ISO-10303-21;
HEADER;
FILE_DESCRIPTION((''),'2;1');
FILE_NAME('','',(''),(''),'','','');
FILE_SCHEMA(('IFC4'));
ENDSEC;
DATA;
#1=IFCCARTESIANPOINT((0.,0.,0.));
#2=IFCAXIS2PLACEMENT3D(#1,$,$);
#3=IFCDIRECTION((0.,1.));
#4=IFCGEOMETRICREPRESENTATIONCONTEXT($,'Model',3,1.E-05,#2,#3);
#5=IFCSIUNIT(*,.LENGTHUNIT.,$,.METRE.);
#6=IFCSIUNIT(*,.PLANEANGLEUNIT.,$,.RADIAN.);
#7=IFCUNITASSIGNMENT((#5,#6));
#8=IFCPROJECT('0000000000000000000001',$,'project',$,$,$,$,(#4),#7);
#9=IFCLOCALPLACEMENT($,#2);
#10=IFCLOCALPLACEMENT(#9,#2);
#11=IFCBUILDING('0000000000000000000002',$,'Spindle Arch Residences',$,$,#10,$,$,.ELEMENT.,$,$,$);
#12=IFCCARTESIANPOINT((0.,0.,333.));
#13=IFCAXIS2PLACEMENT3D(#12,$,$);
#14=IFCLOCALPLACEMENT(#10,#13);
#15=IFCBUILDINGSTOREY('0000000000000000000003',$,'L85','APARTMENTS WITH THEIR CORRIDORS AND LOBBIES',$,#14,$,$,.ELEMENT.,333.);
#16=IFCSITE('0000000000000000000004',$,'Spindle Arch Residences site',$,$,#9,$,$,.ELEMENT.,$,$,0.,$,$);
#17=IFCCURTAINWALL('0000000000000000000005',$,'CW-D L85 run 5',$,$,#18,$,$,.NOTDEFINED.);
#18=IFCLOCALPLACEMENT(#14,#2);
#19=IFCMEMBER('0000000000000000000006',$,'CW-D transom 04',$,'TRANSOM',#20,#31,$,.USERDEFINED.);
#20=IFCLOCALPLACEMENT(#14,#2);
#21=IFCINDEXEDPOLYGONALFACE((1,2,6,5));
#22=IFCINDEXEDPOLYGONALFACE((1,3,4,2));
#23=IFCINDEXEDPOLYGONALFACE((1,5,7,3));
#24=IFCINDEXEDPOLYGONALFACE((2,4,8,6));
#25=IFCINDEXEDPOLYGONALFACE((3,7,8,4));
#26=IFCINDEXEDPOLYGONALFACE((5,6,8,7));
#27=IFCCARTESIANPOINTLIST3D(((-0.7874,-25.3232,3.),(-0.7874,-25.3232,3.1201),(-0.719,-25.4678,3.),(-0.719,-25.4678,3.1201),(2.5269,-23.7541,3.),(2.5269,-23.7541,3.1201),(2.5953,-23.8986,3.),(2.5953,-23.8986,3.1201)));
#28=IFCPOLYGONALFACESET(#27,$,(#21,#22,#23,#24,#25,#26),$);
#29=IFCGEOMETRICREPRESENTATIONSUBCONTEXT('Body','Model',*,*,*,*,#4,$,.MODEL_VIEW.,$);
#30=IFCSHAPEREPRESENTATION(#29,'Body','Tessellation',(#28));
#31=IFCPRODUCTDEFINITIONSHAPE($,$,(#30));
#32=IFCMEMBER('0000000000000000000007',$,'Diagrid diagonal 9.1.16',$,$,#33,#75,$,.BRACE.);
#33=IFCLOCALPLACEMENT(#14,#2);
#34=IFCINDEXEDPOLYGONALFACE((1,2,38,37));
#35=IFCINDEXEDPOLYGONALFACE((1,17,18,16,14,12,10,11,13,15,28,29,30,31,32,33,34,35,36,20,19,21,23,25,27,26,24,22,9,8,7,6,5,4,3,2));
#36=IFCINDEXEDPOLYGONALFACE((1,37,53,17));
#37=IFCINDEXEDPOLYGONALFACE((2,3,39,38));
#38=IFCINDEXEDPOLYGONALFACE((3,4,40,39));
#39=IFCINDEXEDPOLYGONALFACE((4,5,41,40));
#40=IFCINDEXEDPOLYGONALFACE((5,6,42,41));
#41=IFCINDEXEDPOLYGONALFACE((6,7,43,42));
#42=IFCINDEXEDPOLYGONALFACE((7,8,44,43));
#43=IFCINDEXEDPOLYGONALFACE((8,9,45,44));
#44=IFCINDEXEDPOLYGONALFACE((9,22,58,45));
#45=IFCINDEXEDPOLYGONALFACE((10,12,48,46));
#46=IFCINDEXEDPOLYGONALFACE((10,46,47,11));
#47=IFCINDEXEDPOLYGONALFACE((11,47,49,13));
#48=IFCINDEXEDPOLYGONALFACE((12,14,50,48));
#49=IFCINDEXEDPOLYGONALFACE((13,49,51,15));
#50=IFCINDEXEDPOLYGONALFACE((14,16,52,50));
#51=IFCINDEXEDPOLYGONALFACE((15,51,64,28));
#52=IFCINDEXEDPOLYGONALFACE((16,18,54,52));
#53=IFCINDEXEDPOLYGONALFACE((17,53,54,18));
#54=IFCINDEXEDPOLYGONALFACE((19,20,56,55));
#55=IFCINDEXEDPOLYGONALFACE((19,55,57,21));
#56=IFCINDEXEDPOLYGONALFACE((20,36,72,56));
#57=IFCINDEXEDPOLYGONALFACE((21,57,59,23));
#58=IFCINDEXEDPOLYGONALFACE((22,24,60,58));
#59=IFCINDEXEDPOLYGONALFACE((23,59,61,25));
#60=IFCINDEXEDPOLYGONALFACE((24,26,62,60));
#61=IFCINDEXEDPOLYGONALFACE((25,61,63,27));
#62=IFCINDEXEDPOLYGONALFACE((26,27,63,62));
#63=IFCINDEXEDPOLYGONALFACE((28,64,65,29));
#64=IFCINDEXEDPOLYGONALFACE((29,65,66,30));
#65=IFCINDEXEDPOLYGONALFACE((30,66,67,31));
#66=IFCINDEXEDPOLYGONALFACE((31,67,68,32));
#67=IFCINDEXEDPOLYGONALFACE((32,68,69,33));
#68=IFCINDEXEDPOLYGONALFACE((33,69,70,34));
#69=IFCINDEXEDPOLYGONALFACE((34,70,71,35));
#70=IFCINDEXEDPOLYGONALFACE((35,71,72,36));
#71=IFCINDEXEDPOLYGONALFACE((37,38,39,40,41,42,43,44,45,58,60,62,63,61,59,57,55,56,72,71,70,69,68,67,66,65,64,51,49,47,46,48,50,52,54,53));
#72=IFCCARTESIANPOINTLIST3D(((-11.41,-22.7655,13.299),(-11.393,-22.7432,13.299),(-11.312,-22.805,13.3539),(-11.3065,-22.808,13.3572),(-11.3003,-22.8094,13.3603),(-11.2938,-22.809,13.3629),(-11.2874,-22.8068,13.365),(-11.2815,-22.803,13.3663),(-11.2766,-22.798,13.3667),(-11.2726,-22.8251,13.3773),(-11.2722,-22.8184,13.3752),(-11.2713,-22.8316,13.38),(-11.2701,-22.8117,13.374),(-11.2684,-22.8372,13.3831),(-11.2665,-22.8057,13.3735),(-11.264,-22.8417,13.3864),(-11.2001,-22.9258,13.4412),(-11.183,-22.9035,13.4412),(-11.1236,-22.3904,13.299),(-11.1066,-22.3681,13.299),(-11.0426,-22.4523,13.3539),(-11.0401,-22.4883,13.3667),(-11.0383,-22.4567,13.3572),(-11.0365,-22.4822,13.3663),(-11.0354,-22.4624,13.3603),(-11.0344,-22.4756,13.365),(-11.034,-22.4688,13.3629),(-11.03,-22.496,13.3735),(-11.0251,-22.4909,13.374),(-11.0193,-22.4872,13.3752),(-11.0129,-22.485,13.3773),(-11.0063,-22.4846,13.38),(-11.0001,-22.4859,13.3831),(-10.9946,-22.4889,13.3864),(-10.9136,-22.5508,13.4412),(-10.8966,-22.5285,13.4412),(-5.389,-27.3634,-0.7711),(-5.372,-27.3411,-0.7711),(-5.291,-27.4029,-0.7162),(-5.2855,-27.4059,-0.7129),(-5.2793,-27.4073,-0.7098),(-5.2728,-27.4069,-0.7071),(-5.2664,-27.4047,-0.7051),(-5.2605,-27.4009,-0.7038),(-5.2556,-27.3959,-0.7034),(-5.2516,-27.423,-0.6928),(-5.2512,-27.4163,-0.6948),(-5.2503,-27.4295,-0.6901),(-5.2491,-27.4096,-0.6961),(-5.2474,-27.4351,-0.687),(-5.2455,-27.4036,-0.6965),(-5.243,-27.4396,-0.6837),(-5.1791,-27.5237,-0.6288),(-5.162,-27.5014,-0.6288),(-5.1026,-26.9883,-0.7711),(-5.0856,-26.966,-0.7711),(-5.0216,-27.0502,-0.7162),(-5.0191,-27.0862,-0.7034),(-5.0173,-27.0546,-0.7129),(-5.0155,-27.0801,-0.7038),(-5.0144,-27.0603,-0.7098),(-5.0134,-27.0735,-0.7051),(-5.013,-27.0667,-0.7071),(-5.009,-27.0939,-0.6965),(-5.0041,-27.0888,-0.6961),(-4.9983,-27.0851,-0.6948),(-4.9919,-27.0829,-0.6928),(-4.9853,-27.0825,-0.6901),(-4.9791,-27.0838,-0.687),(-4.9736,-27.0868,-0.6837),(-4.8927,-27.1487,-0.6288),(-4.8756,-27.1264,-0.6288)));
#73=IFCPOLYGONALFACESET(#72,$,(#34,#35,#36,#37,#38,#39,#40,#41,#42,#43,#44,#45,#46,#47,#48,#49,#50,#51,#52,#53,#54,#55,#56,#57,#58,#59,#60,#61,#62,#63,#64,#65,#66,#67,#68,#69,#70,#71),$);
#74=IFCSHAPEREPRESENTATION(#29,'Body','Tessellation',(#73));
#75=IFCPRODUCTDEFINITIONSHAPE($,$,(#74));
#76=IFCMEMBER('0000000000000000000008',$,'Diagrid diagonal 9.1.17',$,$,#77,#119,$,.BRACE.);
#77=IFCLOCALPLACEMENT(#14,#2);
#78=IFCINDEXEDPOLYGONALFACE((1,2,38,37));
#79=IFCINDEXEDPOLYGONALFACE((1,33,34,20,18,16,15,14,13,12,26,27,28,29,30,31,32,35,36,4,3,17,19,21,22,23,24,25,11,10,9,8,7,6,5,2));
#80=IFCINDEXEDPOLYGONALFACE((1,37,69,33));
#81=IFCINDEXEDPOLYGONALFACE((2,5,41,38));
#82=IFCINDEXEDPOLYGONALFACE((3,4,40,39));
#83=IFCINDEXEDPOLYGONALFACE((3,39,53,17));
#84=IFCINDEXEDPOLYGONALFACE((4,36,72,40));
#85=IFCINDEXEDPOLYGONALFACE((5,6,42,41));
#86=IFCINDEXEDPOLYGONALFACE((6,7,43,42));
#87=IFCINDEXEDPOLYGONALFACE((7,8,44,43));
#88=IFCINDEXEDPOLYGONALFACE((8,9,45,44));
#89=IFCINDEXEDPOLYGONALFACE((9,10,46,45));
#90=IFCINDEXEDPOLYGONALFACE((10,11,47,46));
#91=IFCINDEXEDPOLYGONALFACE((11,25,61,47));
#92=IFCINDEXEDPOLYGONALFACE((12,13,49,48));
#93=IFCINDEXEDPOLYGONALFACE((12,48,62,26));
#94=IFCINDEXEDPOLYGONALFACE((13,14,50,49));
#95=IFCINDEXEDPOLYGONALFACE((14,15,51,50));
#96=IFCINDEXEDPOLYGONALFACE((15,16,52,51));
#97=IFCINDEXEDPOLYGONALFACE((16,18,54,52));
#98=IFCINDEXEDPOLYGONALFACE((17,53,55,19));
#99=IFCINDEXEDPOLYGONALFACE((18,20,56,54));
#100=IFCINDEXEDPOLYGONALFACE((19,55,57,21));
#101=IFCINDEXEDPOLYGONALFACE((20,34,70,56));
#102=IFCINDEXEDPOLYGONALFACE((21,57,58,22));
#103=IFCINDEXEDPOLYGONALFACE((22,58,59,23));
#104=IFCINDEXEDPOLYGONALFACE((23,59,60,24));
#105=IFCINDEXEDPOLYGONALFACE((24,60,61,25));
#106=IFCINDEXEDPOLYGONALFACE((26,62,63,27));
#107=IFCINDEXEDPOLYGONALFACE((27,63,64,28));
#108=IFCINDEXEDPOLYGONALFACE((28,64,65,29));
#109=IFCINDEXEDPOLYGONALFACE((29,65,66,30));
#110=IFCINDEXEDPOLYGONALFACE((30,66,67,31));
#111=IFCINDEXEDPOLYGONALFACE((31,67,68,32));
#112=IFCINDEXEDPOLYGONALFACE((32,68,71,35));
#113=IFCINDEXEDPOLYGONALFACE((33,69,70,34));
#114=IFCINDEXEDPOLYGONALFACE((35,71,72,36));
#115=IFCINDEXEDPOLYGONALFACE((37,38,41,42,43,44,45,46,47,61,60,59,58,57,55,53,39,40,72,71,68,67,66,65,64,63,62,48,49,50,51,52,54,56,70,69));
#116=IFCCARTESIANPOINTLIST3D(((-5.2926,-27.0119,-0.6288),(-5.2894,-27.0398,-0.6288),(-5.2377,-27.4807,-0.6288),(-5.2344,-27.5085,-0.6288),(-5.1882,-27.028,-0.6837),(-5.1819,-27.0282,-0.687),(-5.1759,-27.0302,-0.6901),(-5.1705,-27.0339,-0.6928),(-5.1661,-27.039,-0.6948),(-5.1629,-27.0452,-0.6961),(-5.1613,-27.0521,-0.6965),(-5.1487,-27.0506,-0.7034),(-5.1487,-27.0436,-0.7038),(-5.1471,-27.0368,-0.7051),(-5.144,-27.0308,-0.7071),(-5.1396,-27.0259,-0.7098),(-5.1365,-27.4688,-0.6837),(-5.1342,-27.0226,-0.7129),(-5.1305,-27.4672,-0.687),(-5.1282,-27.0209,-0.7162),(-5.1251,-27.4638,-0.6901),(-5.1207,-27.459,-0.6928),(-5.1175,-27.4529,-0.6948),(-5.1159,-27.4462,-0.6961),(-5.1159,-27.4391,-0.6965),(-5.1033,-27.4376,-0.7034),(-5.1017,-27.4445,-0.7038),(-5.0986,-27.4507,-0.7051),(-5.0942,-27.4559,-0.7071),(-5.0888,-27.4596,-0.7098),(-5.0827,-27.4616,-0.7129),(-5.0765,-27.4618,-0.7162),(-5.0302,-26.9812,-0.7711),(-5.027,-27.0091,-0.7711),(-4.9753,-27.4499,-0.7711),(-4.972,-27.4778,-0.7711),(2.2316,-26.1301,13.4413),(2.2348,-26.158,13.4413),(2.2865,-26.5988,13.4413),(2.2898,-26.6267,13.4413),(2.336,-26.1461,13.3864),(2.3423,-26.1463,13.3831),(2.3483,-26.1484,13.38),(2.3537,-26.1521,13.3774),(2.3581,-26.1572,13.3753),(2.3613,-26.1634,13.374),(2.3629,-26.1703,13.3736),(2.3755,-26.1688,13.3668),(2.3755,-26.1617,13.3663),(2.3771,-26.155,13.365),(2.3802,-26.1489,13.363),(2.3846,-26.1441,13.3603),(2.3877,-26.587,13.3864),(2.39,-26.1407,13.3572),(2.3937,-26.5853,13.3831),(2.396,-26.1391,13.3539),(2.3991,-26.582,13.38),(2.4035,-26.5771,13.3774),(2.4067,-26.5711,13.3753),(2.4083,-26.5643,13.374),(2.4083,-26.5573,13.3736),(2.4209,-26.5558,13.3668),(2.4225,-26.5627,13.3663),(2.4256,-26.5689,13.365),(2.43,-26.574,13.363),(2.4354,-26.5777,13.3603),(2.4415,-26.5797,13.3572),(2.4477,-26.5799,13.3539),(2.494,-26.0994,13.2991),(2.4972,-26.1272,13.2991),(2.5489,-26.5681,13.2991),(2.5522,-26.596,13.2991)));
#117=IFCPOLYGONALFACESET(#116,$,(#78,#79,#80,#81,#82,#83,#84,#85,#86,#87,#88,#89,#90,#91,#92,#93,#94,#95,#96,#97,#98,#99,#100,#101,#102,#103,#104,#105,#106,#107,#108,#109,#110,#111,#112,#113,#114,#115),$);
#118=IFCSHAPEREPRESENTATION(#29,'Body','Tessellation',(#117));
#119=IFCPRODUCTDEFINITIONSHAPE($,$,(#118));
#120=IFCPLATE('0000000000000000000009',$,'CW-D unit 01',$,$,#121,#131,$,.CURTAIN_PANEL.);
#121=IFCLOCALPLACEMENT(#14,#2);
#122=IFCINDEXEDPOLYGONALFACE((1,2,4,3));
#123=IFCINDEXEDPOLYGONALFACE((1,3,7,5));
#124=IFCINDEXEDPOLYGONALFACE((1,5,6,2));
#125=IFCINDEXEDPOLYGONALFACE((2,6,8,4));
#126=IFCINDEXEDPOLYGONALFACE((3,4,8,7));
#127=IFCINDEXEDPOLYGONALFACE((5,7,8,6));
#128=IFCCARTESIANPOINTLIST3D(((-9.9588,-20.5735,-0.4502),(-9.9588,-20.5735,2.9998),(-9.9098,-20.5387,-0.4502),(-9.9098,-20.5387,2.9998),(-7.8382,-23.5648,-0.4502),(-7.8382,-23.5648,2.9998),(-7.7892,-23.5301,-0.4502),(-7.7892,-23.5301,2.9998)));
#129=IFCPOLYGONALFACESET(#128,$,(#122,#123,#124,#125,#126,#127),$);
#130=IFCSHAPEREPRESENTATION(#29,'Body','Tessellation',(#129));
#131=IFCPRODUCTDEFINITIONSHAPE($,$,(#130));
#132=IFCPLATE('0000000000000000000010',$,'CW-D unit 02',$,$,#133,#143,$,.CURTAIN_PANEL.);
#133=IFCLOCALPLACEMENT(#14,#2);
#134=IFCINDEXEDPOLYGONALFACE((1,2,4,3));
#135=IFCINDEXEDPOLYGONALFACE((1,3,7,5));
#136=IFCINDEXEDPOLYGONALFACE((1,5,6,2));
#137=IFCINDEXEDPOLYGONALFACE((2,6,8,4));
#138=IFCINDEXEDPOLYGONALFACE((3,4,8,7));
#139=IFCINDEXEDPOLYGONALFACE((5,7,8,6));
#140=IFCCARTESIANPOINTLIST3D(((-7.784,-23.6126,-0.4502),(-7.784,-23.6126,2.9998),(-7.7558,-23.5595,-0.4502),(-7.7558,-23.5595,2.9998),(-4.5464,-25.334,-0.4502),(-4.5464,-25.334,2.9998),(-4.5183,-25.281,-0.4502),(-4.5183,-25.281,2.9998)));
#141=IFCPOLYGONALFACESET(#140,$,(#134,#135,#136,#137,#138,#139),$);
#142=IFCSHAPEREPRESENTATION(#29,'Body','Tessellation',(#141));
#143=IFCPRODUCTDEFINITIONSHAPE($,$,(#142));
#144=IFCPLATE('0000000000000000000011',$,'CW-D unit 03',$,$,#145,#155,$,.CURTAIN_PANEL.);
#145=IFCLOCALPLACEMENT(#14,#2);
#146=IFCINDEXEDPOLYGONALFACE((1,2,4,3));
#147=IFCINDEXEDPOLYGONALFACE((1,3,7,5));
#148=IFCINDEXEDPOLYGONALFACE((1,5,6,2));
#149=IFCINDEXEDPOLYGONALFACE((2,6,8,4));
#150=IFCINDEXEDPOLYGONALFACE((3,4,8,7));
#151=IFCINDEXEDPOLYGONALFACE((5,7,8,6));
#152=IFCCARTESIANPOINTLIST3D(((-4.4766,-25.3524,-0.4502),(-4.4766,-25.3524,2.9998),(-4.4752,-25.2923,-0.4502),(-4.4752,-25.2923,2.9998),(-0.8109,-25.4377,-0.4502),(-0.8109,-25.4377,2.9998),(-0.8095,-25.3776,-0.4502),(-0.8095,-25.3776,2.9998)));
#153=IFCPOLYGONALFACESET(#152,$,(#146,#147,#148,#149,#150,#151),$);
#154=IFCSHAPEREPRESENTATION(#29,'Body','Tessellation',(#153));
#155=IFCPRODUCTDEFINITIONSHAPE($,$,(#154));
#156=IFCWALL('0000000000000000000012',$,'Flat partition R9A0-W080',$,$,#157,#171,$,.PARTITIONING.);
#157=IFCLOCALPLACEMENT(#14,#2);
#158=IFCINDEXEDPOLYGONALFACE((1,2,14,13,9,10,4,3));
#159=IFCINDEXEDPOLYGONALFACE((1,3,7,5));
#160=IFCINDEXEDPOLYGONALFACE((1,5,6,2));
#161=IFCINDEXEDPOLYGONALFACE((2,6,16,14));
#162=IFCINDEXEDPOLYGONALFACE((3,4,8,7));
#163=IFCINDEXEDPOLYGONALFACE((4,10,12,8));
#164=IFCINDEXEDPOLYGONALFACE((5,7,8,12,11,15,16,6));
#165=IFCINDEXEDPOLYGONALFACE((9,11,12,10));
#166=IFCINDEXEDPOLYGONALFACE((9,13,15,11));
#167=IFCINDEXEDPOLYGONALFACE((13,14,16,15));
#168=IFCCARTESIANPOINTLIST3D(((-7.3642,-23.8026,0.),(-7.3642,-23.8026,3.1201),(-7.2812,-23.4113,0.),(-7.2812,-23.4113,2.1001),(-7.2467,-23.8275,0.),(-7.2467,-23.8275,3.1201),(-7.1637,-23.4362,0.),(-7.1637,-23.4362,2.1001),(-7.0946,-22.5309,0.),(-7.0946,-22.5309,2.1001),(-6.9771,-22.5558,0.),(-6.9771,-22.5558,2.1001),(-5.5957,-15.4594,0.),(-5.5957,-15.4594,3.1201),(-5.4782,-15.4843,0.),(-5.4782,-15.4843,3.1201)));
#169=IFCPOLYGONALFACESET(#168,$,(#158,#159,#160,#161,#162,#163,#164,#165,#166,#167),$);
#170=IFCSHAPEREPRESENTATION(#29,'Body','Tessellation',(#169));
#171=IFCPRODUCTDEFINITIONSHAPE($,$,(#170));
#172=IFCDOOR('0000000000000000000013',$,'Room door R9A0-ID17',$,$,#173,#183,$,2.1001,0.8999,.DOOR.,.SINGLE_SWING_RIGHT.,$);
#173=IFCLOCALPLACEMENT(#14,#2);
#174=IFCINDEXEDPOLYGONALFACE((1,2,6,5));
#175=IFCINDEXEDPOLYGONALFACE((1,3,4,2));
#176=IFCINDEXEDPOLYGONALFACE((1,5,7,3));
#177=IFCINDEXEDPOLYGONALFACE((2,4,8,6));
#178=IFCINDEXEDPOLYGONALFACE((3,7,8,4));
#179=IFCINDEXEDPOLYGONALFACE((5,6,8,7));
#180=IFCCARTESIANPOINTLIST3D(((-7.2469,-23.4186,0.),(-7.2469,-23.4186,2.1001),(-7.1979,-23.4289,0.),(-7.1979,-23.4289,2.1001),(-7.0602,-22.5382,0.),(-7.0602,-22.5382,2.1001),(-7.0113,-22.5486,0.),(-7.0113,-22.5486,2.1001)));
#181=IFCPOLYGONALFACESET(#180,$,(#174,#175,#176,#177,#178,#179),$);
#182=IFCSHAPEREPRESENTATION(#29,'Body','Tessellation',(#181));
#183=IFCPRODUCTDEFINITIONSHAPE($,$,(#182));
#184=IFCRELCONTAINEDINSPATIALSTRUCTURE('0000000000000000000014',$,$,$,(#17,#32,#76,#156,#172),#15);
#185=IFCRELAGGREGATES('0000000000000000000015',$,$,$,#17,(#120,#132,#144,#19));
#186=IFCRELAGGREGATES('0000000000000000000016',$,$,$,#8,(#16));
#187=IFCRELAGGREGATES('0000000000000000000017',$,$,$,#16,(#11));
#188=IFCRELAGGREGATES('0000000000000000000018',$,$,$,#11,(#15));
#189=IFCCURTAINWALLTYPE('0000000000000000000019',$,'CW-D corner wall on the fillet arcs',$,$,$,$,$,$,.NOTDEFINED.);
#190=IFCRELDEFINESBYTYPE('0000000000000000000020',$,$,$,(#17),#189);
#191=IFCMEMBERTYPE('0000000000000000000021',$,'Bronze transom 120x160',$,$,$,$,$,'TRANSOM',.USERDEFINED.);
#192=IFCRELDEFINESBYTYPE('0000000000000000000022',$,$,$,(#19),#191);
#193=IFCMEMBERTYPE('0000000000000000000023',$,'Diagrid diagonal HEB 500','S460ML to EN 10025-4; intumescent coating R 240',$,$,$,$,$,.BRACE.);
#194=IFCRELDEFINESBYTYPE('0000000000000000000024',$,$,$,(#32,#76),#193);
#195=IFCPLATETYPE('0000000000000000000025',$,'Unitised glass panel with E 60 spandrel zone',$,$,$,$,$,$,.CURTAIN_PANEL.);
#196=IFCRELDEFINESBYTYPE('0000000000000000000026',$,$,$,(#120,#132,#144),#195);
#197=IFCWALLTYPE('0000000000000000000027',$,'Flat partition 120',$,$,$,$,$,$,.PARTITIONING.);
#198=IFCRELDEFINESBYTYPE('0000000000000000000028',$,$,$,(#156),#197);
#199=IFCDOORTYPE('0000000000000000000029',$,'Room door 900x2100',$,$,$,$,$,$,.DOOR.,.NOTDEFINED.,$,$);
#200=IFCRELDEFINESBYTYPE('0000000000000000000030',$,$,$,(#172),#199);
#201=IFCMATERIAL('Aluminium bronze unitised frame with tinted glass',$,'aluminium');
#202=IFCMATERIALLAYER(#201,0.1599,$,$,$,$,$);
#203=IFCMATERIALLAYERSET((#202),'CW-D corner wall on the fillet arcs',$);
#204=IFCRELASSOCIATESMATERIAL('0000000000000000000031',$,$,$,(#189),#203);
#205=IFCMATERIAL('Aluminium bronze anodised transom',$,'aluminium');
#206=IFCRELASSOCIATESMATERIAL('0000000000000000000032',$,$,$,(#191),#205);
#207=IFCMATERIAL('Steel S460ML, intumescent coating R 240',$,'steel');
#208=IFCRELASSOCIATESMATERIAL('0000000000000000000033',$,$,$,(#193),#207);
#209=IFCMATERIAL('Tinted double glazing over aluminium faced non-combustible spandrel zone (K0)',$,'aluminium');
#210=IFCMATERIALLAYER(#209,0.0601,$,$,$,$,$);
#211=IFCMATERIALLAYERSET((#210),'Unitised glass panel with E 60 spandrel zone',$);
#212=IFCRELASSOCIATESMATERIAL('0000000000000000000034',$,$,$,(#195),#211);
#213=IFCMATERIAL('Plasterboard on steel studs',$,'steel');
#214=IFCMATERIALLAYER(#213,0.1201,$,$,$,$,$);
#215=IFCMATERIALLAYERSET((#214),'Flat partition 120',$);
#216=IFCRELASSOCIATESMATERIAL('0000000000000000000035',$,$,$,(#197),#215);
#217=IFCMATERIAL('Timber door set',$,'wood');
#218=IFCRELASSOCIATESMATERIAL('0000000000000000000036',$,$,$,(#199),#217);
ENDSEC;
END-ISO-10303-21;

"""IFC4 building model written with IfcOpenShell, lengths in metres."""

from ifc_helpers import new_model, si_unit, direction, frame, frame_2d, origin, origin_2d, place, context, subcontext, project, spatial, rectangle, i_section, extrude, material, layer, layer_set, material_profile, profile_set, type_object, element, fill, aggregate, save


model = new_model("IFC4")

# Units and contexts
model_context = context("Model", 3, precision=1e-05, world=origin(), true_north=direction((0.0, 1.0)))
body_context = subcontext(model_context, "Body", "Model", "MODEL_VIEW")
ifc_project = project(units=[si_unit("LENGTHUNIT", "METRE"), si_unit("PLANEANGLEUNIT", "RADIAN")], contexts=[model_context])

# Site, building, storey
site_placement = place(None, origin())
site = spatial("IfcSite", under=ifc_project, at=site_placement, Name="Spindle Arch Residences site", CompositionType="ELEMENT", RefElevation=0.0)
building_placement = place(site_placement, origin())
building = spatial("IfcBuilding", under=site, at=building_placement, Name="Spindle Arch Residences", CompositionType="ELEMENT")
storey_placement = place(building_placement, frame((0.0, 0.0, 333.0)))
storey = spatial("IfcBuildingStorey", under=building, at=storey_placement, Name="L85", Description="APARTMENTS WITH THEIR CORRIDORS AND LOBBIES", CompositionType="ELEMENT", Elevation=333.0)

# Curtain wall, member
ifc_material_1 = material(Name="Aluminium bronze unitised frame with tinted glass", Category="aluminium")
ifc_layer_1 = layer(ifc_material_1, 0.1599)
ifc_layer_set_1 = layer_set([ifc_layer_1], Name="CW-D corner wall on the fillet arcs")
curtain_wall_type = type_object("IfcCurtainWallType", Name="CW-D corner wall on the fillet arcs", PredefinedType="NOTDEFINED", material=ifc_layer_set_1)
curtain_wall_placement = place(storey_placement, origin())
curtain_wall = element("IfcCurtainWall", 1, at=curtain_wall_placement, inside=storey, type_object=curtain_wall_type, Name="CW-D L85 run 5", PredefinedType="NOTDEFINED")
ifc_material_2 = material(Name="Aluminium bronze anodised transom", Category="aluminium")
ifc_material_profile_1 = material_profile(ifc_material_2, rectangle(XDim=0.1599, YDim=0.1201, at=origin_2d()), Name="TR 120x160")
ifc_profile_set_1 = profile_set([ifc_material_profile_1], Name="Aluminium bronze anodised transom")
member_type_1 = type_object("IfcMemberType", Name="Bronze transom 120x160", ElementType="TRANSOM", PredefinedType="USERDEFINED", material=ifc_profile_set_1)
member_1_placement = place(storey_placement, frame((-0.7532, -25.3955, 3.0601), z_axis=(0.903822, 0.427909, 0.0), x_axis=(-0.427909, 0.903822, 0.0)))
member_1 = element("IfcMember", 2, at=member_1_placement, type_object=member_type_1, Name="CW-D transom 04", ObjectType="TRANSOM", PredefinedType="USERDEFINED", context=body_context, shape_type="SweptSolid", body=[
    extrude(rectangle(XDim=0.1599, YDim=0.1201, at=origin_2d()), origin(), (0.0, 0.0, 1.0), 3.667),
])

# Members
ifc_material_3 = material(Name="Steel S460ML, intumescent coating R 240", Category="steel")
ifc_material_profile_2 = material_profile(ifc_material_3, i_section(OverallWidth=0.3, OverallDepth=0.5, WebThickness=0.0144, FlangeThickness=0.0281, FilletRadius=0.0271, at=origin_2d()), Name="HEB 500")
ifc_profile_set_2 = profile_set([ifc_material_profile_2], Name="Steel S460ML, intumescent coating R 240")
member_type_2 = type_object("IfcMemberType", Name="Diagrid diagonal HEB 500", Description="S460ML to EN 10025-4; intumescent coating R 240", PredefinedType="BRACE", material=ifc_profile_set_2)
for number, where, z_axis, x_axis, name in (
    (3, (-5.1323, -27.2449, -0.7), (-0.376784, 0.287729, 0.880481), (0.699775, -0.534379, 0.474082), "Diagrid diagonal 9.1.16"),
    (4, (-5.1323, -27.2449, -0.7), (0.470852, 0.055184, 0.880485), (-0.874499, -0.102492, 0.474075), "Diagrid diagonal 9.1.17"),
):
    element("IfcMember", number, at=place(storey_placement, frame(where, z_axis=z_axis, x_axis=x_axis)), inside=storey, type_object=member_type_2, Name=name, PredefinedType="BRACE", context=body_context, shape_type="SweptSolid", body=[
        extrude(i_section(OverallWidth=0.3, OverallDepth=0.5, WebThickness=0.0144, FlangeThickness=0.0281, FilletRadius=0.0271, at=origin_2d()), origin(), (0.0, 0.0, 1.0), 15.98),
    ])

# Plates
ifc_material_4 = material(Name="Tinted double glazing over aluminium faced non-combustible spandrel zone (K0)", Category="aluminium")
ifc_layer_2 = layer(ifc_material_4, 0.0601)
ifc_layer_set_2 = layer_set([ifc_layer_2], Name="Unitised glass panel with E 60 spandrel zone")
plate_type = type_object("IfcPlateType", Name="Unitised glass panel with E 60 spandrel zone", PredefinedType="CURTAIN_PANEL", material=ifc_layer_set_2)
plate_1_placement = place(storey_placement, frame((-8.874, -22.0518, -0.4502), z_axis=(0.0, 0.0, 1.0), x_axis=(0.578332, -0.815801, 0.0)))
plate_1 = element("IfcPlate", 5, at=plate_1_placement, type_object=plate_type, Name="CW-D unit 01", PredefinedType="CURTAIN_PANEL", context=body_context, shape_type="SweptSolid", body=[
    extrude(rectangle(XDim=3.6667, YDim=0.0601, at=origin_2d()), origin(), (0.0, 0.0, 1.0), 3.45),
])
plate_2_placement = place(storey_placement, frame((-6.1511, -24.4468, -0.4502), z_axis=(0.0, 0.0, 1.0), x_axis=(0.882948, -0.469472, 0.0)))
plate_2 = element("IfcPlate", 6, at=plate_2_placement, type_object=plate_type, Name="CW-D unit 02", PredefinedType="CURTAIN_PANEL", context=body_context, shape_type="SweptSolid", body=[
    extrude(rectangle(XDim=3.6667, YDim=0.0601, at=origin_2d()), origin(), (0.0, 0.0, 1.0), 3.45),
])
plate_3_placement = place(storey_placement, frame((-2.6431, -25.365, -0.4502), z_axis=(0.0, 0.0, 1.0), x_axis=(0.999729, -0.023269, 0.0)))
plate_3 = element("IfcPlate", 7, at=plate_3_placement, type_object=plate_type, Name="CW-D unit 03", PredefinedType="CURTAIN_PANEL", context=body_context, shape_type="SweptSolid", body=[
    extrude(rectangle(XDim=3.6667, YDim=0.0601, at=origin_2d()), origin(), (0.0, 0.0, 1.0), 3.45),
])
aggregate(curtain_wall, [plate_1, plate_2, plate_3, member_1])

# Wall, opening, door
ifc_material_5 = material(Name="Plasterboard on steel studs", Category="steel")
ifc_layer_3 = layer(ifc_material_5, 0.1201)
ifc_layer_set_3 = layer_set([ifc_layer_3], Name="Flat partition 120")
wall_type_1 = type_object("IfcWallType", Name="Flat partition 120", PredefinedType="PARTITIONING", material=ifc_layer_set_3)
wall_1_placement = place(storey_placement, frame((-7.3054, -23.8149, 0.0), z_axis=(0.0, 0.0, 1.0), x_axis=(0.207366, 0.978263, 0.0)))
wall_1 = element("IfcWall", 8, at=wall_1_placement, inside=storey, type_object=wall_type_1, Name="Flat partition R9A0-W080", PredefinedType="PARTITIONING", context=body_context, shape_type="SweptSolid", body=[
    extrude(rectangle(XDim=8.5286, YDim=0.1201, at=frame_2d((4.2642, 0.0))), origin(), (0.0, 0.0, 1.0), 3.1201),
])
opening_placement = place(wall_1_placement, frame((0.3999, 0.0, 0.0)))
opening = element("IfcOpeningElement", 9, at=opening_placement, cuts=wall_1, PredefinedType="OPENING", context=body_context, shape_type="SweptSolid", body=[
    extrude(rectangle(XDim=0.8999, YDim=2.1001, at=frame_2d((0.45, 1.05))), frame((0.0, 0.0701, 0.0), z_axis=(0.0, -1.0, 0.0), x_axis=(1.0, 0.0, 0.0)), (0.0, 0.0, 1.0), 0.1401),
])
ifc_material_6 = material(Name="Timber door set", Category="wood")
door_type = type_object("IfcDoorType", Name="Room door 900x2100", OperationType="NOTDEFINED", PredefinedType="DOOR", material=ifc_material_6)
door_placement = place(opening_placement, origin())
door = element("IfcDoor", 10, at=door_placement, inside=storey, type_object=door_type, Name="Room door R9A0-ID17", OperationType="SINGLE_SWING_RIGHT", OverallHeight=2.1001, OverallWidth=0.8999, PredefinedType="DOOR", context=body_context, shape_type="SweptSolid", body=[
    extrude(rectangle(XDim=0.8999, YDim=2.1001, at=frame_2d((0.45, 1.05))), frame((0.0, 0.0249, 0.0), z_axis=(0.0, -1.0, 0.0), x_axis=(1.0, 0.0, 0.0)), (0.0, 0.0, 1.0), 0.05),
])
fill(opening, door)

save(model, "model.ifc")
